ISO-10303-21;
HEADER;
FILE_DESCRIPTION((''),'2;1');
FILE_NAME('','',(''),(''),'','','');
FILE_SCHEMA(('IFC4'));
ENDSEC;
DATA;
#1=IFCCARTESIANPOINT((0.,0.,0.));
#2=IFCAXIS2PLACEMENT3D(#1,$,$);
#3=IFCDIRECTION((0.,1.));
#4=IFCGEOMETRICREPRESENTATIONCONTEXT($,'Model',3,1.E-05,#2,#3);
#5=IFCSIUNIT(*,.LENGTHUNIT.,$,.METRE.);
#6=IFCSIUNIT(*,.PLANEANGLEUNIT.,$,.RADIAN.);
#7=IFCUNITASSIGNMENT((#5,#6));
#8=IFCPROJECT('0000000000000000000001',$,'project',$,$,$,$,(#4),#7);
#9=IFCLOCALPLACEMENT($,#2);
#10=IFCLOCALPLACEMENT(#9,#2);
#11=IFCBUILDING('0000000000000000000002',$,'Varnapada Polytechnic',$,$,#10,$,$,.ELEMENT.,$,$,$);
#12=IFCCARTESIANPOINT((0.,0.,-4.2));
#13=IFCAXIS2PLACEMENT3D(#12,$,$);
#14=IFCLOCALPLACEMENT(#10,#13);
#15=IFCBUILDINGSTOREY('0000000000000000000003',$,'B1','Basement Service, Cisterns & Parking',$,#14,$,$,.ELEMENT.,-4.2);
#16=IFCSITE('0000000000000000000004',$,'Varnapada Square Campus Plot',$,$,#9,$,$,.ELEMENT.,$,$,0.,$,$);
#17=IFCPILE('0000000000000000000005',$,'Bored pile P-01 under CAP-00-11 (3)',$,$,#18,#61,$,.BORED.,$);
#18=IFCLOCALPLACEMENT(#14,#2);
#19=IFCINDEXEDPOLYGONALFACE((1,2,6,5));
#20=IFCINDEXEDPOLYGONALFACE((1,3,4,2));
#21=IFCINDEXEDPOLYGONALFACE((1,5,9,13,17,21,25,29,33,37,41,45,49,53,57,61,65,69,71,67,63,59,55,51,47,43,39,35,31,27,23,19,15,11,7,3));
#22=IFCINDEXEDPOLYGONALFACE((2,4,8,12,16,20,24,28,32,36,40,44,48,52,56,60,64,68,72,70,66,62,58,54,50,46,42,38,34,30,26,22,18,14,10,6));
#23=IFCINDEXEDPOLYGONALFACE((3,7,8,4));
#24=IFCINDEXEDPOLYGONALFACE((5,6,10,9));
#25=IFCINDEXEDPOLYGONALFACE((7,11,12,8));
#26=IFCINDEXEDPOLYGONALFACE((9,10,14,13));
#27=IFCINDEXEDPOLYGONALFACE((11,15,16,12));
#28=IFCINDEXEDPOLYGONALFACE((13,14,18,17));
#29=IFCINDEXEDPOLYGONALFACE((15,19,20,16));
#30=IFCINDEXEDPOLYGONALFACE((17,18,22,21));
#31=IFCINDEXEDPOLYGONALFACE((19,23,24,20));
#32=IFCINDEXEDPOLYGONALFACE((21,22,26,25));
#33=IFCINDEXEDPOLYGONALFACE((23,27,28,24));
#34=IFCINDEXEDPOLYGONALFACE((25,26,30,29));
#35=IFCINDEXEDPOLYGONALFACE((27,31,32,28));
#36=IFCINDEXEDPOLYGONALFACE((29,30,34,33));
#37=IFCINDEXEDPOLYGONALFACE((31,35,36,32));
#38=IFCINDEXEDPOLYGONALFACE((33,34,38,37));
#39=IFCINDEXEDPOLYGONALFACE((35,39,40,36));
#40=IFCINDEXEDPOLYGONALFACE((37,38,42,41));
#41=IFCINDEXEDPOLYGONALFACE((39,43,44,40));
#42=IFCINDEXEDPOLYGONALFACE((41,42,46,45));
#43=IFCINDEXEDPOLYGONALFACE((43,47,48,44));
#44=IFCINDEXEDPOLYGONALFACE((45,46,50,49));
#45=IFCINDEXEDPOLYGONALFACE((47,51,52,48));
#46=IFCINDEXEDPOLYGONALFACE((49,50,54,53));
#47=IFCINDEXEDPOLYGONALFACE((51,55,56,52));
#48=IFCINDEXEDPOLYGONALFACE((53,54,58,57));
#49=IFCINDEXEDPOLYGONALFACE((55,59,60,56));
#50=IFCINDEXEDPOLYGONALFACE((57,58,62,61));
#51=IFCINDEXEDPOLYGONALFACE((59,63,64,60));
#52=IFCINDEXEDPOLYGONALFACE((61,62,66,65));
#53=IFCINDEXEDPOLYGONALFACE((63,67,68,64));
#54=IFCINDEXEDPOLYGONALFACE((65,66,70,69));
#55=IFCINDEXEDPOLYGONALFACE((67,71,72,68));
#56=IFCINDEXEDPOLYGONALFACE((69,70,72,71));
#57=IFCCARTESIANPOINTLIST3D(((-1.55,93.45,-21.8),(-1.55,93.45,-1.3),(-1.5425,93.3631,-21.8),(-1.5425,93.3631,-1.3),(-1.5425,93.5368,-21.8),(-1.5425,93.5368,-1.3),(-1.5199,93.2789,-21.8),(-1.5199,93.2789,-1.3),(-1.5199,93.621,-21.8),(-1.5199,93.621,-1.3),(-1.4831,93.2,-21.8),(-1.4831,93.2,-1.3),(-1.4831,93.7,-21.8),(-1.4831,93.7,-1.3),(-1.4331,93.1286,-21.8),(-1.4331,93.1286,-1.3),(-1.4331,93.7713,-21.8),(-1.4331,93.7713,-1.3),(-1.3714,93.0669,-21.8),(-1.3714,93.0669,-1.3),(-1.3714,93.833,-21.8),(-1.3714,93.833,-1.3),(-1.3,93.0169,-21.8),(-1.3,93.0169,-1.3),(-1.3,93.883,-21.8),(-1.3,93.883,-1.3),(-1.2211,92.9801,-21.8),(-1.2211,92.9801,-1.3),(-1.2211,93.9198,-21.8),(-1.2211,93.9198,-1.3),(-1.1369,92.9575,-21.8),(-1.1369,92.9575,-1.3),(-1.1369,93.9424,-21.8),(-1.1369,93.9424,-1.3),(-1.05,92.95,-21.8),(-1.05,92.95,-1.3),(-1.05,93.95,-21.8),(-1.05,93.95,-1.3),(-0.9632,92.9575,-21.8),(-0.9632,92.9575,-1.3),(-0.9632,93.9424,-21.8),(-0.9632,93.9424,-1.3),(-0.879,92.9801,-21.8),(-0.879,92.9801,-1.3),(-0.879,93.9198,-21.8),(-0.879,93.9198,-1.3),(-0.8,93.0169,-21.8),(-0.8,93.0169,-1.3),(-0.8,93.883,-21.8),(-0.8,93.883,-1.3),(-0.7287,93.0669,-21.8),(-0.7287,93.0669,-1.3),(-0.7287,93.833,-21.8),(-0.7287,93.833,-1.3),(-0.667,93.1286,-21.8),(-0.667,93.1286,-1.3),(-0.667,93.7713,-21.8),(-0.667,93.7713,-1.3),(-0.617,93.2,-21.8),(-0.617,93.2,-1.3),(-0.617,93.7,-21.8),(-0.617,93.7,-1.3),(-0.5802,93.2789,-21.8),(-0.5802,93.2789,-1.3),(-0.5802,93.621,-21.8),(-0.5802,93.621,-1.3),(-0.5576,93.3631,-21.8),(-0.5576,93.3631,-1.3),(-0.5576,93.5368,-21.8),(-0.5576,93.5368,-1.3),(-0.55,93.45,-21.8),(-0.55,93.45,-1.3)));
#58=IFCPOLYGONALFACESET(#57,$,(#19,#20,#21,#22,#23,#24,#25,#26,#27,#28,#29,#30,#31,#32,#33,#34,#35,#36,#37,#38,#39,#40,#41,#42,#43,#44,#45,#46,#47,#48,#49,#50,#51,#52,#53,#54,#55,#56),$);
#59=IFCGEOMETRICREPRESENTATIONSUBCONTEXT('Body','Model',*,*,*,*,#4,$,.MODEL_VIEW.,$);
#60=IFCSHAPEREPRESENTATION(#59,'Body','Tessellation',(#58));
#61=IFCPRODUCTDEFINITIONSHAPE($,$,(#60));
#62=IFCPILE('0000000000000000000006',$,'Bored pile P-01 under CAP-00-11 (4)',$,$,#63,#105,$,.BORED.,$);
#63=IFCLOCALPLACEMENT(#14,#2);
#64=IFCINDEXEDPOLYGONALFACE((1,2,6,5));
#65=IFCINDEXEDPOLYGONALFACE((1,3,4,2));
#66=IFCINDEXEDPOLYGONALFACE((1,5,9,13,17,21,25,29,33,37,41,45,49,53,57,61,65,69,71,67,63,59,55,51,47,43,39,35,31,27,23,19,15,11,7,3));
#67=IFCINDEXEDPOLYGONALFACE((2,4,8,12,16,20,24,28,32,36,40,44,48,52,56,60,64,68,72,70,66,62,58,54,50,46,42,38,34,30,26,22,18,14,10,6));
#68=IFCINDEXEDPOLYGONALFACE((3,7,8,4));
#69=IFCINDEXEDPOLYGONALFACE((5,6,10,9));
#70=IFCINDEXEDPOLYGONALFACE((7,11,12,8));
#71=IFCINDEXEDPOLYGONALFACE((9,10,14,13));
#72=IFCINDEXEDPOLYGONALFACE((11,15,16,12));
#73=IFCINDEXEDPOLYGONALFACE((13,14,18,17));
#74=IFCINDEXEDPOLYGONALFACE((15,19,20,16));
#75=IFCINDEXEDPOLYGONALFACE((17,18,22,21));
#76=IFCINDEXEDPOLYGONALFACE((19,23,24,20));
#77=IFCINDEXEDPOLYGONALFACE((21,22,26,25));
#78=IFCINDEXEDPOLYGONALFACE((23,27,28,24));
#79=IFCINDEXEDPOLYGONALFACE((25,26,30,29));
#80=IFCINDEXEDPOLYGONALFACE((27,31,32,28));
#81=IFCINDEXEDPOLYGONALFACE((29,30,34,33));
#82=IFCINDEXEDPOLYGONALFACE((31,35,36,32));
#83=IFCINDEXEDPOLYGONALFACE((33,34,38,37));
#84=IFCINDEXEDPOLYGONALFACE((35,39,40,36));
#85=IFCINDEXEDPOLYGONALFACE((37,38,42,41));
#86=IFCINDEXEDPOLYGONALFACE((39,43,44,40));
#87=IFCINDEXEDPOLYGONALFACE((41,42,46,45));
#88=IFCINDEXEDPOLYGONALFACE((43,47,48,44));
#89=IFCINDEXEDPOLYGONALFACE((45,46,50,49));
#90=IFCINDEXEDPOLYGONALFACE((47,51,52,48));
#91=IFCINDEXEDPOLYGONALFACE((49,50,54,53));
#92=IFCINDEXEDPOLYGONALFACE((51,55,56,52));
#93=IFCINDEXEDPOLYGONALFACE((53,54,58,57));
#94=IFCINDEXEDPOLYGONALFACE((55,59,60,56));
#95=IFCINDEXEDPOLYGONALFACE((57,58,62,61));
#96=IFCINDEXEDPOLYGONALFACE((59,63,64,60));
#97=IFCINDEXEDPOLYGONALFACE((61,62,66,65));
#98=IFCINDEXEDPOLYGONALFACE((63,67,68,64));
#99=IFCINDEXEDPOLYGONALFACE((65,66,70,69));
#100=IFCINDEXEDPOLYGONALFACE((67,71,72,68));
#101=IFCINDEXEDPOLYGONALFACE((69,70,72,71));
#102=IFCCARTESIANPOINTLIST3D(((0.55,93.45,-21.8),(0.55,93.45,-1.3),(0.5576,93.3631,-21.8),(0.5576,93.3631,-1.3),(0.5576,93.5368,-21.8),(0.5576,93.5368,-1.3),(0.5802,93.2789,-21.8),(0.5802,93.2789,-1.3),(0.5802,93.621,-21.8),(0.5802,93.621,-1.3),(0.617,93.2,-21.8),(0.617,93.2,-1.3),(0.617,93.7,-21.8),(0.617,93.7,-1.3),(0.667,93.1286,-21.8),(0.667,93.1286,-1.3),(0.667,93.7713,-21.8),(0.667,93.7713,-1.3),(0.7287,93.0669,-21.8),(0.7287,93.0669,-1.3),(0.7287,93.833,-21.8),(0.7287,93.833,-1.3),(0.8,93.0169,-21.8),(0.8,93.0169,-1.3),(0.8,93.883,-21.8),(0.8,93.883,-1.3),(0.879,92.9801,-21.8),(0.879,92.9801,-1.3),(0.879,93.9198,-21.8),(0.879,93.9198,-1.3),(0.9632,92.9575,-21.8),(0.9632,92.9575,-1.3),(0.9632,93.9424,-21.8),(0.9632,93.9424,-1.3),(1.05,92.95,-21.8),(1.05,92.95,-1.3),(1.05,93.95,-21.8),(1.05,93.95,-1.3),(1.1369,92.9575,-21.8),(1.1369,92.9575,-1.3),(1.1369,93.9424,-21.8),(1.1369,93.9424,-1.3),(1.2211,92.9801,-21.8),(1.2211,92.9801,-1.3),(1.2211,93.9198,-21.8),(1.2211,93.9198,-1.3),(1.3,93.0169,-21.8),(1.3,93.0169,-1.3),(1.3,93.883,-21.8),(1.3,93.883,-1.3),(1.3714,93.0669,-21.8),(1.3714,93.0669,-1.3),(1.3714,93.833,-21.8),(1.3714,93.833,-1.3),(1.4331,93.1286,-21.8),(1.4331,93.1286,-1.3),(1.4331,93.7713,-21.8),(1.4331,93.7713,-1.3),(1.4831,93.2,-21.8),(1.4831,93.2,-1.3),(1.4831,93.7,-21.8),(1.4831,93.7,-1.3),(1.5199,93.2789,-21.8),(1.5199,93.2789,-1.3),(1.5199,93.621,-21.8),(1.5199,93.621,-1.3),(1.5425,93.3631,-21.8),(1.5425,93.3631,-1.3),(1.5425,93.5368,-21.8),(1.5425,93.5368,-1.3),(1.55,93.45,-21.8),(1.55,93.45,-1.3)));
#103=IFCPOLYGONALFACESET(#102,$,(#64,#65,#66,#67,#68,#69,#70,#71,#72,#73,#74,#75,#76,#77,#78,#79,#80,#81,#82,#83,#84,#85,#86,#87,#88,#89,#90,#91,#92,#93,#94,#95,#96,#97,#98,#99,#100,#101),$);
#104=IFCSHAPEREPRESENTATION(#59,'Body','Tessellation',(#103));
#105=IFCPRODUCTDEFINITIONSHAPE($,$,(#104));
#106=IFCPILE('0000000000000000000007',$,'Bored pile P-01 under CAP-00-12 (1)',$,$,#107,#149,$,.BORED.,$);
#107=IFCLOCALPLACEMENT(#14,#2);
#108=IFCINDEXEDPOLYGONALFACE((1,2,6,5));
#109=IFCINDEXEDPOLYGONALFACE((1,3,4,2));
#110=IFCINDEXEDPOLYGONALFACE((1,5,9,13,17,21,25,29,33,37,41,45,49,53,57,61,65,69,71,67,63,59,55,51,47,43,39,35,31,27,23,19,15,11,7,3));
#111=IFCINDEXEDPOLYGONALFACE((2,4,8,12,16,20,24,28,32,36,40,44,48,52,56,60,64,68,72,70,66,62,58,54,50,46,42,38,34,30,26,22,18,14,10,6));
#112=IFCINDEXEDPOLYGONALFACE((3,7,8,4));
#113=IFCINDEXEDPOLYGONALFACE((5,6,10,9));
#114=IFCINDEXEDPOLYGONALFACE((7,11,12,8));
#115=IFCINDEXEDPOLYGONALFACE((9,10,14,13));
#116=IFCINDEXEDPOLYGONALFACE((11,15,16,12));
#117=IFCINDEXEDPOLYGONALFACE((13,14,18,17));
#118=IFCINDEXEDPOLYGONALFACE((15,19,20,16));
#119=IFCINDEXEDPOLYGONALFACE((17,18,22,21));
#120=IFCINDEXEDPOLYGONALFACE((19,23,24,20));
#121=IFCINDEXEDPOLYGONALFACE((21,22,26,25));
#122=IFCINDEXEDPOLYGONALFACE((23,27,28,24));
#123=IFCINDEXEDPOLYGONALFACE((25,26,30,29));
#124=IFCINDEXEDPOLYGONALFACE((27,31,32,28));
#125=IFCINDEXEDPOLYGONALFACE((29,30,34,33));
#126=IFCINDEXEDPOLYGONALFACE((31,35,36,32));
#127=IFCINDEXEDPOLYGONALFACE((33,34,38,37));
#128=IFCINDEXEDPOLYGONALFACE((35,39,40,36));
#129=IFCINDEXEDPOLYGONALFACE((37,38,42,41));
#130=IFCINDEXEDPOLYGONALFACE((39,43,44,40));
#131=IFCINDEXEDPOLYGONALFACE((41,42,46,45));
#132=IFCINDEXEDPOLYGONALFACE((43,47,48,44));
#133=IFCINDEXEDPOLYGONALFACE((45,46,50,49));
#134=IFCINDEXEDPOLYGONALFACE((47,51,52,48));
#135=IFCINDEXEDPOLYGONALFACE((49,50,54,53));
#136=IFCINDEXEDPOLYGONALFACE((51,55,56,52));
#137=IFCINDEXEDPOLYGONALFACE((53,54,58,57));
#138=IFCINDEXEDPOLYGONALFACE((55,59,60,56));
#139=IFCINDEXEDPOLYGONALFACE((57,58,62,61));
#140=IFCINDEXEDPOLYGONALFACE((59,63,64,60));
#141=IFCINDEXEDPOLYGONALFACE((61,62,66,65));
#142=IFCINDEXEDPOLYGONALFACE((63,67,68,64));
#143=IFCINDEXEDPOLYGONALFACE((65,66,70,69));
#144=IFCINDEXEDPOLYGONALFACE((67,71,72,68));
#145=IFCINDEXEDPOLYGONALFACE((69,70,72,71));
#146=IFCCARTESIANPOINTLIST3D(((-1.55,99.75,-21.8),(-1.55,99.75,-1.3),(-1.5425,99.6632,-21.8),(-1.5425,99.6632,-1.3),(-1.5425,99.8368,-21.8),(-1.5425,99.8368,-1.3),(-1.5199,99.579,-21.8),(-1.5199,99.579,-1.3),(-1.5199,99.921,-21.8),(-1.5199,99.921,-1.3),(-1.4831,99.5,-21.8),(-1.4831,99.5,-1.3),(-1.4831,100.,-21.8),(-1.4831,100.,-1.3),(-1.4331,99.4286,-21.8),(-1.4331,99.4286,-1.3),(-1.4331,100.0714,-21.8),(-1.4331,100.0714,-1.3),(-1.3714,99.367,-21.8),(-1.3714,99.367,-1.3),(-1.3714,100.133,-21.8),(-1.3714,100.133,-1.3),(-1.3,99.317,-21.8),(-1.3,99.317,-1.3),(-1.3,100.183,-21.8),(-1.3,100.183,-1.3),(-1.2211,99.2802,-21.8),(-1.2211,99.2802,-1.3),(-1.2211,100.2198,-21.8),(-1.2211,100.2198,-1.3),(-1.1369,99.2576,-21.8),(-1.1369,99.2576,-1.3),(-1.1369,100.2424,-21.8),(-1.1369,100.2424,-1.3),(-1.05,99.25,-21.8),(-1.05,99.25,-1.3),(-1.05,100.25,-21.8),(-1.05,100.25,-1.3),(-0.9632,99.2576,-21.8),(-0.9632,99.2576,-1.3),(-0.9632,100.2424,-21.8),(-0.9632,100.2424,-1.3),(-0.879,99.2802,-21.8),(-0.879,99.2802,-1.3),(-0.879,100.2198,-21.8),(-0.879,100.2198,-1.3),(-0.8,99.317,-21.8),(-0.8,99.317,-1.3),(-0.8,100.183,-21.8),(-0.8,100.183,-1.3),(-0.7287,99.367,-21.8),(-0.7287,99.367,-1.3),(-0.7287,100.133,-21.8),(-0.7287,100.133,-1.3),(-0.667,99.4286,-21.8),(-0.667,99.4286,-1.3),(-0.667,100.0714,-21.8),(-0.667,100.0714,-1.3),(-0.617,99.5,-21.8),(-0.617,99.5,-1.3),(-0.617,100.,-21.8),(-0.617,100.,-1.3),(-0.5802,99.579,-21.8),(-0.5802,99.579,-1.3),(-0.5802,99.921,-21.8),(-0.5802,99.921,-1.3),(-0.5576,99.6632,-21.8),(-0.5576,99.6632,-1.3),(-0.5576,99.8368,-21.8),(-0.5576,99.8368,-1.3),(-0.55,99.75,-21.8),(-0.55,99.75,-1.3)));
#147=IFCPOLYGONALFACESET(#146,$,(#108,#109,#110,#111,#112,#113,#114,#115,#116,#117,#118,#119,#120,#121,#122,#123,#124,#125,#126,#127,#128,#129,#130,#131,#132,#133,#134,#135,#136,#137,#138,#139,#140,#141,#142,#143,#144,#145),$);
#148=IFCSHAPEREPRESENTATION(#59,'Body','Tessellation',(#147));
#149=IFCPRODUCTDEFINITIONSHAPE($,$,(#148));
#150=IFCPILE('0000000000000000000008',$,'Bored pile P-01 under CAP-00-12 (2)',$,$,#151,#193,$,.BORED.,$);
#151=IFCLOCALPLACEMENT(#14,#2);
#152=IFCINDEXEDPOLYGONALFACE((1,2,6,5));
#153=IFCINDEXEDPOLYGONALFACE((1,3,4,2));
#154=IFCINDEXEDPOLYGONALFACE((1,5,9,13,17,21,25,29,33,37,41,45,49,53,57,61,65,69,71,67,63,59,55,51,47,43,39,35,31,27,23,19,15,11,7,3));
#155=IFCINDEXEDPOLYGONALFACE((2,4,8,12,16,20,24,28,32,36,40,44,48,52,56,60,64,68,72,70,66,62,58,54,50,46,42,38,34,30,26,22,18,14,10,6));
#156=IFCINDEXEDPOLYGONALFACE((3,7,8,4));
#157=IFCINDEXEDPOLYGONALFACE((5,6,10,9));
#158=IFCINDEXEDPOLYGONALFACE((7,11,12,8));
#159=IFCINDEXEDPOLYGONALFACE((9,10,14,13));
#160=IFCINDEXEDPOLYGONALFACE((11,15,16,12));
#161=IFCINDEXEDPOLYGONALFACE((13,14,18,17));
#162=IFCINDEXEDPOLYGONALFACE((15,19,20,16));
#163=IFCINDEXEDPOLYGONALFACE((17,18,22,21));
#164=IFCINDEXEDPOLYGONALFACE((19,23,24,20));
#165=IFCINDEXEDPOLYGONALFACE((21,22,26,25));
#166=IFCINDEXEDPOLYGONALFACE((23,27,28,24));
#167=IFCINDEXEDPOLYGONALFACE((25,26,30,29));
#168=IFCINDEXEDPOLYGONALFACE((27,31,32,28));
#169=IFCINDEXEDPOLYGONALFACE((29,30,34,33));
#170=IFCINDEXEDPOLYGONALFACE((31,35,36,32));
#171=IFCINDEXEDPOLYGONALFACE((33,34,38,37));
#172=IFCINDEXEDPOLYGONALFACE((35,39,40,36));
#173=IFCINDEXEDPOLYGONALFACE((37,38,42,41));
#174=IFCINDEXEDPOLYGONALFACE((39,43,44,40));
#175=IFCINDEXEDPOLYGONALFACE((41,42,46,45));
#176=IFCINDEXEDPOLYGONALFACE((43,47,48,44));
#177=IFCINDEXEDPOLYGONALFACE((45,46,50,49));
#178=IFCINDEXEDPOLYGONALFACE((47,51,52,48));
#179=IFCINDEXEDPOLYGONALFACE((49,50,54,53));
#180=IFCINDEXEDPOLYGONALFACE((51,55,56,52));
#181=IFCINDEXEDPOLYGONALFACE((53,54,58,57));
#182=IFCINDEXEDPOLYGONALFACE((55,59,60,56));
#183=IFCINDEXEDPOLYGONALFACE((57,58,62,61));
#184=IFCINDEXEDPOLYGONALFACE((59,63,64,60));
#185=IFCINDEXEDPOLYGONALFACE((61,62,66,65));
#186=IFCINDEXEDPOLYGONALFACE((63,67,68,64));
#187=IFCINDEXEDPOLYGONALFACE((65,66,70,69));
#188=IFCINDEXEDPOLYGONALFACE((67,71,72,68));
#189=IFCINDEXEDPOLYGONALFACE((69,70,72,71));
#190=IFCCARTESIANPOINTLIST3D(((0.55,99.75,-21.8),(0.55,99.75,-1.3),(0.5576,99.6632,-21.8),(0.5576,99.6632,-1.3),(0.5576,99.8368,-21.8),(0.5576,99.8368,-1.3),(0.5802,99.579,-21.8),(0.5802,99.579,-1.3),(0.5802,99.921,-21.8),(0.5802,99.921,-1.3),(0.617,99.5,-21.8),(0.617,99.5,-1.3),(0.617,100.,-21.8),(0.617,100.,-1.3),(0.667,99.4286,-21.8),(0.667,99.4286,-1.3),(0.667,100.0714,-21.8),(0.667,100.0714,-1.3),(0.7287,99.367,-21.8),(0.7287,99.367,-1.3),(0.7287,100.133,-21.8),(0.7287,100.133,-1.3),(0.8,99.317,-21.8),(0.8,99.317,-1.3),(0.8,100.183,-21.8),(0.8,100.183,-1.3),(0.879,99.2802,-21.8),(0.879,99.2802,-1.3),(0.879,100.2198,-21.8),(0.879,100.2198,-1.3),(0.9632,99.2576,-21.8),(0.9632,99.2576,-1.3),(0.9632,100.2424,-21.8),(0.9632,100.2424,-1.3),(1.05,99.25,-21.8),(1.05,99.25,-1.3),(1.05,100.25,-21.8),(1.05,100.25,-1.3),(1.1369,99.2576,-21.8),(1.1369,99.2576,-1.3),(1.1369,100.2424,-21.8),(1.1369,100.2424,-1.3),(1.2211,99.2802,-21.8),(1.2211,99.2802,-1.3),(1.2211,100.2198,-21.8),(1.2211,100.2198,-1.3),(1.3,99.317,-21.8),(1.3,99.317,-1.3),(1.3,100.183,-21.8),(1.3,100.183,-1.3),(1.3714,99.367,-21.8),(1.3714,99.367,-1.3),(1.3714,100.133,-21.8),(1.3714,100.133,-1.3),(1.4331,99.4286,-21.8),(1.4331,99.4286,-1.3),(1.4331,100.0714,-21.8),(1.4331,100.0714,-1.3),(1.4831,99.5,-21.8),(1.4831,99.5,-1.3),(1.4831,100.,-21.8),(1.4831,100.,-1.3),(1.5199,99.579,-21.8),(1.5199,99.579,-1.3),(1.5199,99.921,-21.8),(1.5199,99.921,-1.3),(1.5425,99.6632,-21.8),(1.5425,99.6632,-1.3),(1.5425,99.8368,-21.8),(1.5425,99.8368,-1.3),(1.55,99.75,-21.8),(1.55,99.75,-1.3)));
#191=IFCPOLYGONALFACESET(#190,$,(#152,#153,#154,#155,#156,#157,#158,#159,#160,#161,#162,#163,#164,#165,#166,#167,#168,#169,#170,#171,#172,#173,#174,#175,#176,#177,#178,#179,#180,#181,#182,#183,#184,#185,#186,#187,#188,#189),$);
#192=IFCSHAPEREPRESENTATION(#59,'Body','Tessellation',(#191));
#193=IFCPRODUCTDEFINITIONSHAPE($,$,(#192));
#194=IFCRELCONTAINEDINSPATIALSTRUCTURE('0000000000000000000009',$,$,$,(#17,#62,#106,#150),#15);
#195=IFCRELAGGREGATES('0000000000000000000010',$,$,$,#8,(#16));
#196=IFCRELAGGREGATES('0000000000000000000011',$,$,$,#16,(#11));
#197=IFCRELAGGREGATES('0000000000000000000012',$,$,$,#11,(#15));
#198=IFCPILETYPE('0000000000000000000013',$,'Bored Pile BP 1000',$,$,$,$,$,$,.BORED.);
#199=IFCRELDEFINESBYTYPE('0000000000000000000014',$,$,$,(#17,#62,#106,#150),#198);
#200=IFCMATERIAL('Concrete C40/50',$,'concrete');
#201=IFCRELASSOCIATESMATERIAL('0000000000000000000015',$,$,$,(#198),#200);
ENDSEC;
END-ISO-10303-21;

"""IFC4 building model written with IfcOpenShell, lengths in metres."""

from ifc_helpers import new_model, si_unit, direction, frame, origin, origin_2d, place, context, subcontext, project, spatial, circle, extrude, material, material_profile, profile_set, type_object, element, save


model = new_model("IFC4")

# Units and contexts
model_context = context("Model", 3, precision=1e-05, world=origin(), true_north=direction((0.0, 1.0)))
body_context = subcontext(model_context, "Body", "Model", "MODEL_VIEW")
ifc_project = project(units=[si_unit("LENGTHUNIT", "METRE"), si_unit("PLANEANGLEUNIT", "RADIAN")], contexts=[model_context])

# Site, building, storey
site_placement = place(None, origin())
site = spatial("IfcSite", under=ifc_project, at=site_placement, Name="Varnapada Square Campus Plot", CompositionType="ELEMENT", RefElevation=0.0)
building_placement = place(site_placement, origin())
building = spatial("IfcBuilding", under=site, at=building_placement, Name="Varnapada Polytechnic", CompositionType="ELEMENT")
storey_placement = place(building_placement, frame((0.0, 0.0, -4.2)))
storey = spatial("IfcBuildingStorey", under=building, at=storey_placement, Name="B1", Description="Basement Service, Cisterns & Parking", CompositionType="ELEMENT", Elevation=-4.2)

# Piles
ifc_material_1 = material(Name="Concrete C40/50", Category="concrete")
ifc_material_profile_1 = material_profile(ifc_material_1, circle(Radius=0.5, at=origin_2d()), Name="BP 1000")
ifc_profile_set_1 = profile_set([ifc_material_profile_1], Name="Concrete C40/50")
pile_type_1 = type_object("IfcPileType", Name="Bored Pile BP 1000", PredefinedType="BORED", material=ifc_profile_set_1)
for number, where, z_axis, x_axis, name in (
    (1, (-1.05, 93.45, -1.3), (0.0, 0.0, -1.0), (1.0, 0.0, 0.0), "Bored pile P-01 under CAP-00-11 (3)"),
    (2, (1.05, 93.45, -1.3), (0.0, 0.0, -1.0), (1.0, 0.0, 0.0), "Bored pile P-01 under CAP-00-11 (4)"),
    (3, (-1.05, 99.75, -1.3), (0.0, 0.0, -1.0), (1.0, 0.0, 0.0), "Bored pile P-01 under CAP-00-12 (1)"),
    (4, (1.05, 99.75, -1.3), (0.0, 0.0, -1.0), (1.0, 0.0, 0.0), "Bored pile P-01 under CAP-00-12 (2)"),
):
    element("IfcPile", number, at=place(storey_placement, frame(where, z_axis=z_axis, x_axis=x_axis)), inside=storey, type_object=pile_type_1, Name=name, PredefinedType="BORED", context=body_context, shape_type="SweptSolid", body=[
        extrude(circle(Radius=0.5, at=origin_2d()), origin(), (0.0, 0.0, 1.0), 20.5),
    ])

save(model, "model.ifc")
